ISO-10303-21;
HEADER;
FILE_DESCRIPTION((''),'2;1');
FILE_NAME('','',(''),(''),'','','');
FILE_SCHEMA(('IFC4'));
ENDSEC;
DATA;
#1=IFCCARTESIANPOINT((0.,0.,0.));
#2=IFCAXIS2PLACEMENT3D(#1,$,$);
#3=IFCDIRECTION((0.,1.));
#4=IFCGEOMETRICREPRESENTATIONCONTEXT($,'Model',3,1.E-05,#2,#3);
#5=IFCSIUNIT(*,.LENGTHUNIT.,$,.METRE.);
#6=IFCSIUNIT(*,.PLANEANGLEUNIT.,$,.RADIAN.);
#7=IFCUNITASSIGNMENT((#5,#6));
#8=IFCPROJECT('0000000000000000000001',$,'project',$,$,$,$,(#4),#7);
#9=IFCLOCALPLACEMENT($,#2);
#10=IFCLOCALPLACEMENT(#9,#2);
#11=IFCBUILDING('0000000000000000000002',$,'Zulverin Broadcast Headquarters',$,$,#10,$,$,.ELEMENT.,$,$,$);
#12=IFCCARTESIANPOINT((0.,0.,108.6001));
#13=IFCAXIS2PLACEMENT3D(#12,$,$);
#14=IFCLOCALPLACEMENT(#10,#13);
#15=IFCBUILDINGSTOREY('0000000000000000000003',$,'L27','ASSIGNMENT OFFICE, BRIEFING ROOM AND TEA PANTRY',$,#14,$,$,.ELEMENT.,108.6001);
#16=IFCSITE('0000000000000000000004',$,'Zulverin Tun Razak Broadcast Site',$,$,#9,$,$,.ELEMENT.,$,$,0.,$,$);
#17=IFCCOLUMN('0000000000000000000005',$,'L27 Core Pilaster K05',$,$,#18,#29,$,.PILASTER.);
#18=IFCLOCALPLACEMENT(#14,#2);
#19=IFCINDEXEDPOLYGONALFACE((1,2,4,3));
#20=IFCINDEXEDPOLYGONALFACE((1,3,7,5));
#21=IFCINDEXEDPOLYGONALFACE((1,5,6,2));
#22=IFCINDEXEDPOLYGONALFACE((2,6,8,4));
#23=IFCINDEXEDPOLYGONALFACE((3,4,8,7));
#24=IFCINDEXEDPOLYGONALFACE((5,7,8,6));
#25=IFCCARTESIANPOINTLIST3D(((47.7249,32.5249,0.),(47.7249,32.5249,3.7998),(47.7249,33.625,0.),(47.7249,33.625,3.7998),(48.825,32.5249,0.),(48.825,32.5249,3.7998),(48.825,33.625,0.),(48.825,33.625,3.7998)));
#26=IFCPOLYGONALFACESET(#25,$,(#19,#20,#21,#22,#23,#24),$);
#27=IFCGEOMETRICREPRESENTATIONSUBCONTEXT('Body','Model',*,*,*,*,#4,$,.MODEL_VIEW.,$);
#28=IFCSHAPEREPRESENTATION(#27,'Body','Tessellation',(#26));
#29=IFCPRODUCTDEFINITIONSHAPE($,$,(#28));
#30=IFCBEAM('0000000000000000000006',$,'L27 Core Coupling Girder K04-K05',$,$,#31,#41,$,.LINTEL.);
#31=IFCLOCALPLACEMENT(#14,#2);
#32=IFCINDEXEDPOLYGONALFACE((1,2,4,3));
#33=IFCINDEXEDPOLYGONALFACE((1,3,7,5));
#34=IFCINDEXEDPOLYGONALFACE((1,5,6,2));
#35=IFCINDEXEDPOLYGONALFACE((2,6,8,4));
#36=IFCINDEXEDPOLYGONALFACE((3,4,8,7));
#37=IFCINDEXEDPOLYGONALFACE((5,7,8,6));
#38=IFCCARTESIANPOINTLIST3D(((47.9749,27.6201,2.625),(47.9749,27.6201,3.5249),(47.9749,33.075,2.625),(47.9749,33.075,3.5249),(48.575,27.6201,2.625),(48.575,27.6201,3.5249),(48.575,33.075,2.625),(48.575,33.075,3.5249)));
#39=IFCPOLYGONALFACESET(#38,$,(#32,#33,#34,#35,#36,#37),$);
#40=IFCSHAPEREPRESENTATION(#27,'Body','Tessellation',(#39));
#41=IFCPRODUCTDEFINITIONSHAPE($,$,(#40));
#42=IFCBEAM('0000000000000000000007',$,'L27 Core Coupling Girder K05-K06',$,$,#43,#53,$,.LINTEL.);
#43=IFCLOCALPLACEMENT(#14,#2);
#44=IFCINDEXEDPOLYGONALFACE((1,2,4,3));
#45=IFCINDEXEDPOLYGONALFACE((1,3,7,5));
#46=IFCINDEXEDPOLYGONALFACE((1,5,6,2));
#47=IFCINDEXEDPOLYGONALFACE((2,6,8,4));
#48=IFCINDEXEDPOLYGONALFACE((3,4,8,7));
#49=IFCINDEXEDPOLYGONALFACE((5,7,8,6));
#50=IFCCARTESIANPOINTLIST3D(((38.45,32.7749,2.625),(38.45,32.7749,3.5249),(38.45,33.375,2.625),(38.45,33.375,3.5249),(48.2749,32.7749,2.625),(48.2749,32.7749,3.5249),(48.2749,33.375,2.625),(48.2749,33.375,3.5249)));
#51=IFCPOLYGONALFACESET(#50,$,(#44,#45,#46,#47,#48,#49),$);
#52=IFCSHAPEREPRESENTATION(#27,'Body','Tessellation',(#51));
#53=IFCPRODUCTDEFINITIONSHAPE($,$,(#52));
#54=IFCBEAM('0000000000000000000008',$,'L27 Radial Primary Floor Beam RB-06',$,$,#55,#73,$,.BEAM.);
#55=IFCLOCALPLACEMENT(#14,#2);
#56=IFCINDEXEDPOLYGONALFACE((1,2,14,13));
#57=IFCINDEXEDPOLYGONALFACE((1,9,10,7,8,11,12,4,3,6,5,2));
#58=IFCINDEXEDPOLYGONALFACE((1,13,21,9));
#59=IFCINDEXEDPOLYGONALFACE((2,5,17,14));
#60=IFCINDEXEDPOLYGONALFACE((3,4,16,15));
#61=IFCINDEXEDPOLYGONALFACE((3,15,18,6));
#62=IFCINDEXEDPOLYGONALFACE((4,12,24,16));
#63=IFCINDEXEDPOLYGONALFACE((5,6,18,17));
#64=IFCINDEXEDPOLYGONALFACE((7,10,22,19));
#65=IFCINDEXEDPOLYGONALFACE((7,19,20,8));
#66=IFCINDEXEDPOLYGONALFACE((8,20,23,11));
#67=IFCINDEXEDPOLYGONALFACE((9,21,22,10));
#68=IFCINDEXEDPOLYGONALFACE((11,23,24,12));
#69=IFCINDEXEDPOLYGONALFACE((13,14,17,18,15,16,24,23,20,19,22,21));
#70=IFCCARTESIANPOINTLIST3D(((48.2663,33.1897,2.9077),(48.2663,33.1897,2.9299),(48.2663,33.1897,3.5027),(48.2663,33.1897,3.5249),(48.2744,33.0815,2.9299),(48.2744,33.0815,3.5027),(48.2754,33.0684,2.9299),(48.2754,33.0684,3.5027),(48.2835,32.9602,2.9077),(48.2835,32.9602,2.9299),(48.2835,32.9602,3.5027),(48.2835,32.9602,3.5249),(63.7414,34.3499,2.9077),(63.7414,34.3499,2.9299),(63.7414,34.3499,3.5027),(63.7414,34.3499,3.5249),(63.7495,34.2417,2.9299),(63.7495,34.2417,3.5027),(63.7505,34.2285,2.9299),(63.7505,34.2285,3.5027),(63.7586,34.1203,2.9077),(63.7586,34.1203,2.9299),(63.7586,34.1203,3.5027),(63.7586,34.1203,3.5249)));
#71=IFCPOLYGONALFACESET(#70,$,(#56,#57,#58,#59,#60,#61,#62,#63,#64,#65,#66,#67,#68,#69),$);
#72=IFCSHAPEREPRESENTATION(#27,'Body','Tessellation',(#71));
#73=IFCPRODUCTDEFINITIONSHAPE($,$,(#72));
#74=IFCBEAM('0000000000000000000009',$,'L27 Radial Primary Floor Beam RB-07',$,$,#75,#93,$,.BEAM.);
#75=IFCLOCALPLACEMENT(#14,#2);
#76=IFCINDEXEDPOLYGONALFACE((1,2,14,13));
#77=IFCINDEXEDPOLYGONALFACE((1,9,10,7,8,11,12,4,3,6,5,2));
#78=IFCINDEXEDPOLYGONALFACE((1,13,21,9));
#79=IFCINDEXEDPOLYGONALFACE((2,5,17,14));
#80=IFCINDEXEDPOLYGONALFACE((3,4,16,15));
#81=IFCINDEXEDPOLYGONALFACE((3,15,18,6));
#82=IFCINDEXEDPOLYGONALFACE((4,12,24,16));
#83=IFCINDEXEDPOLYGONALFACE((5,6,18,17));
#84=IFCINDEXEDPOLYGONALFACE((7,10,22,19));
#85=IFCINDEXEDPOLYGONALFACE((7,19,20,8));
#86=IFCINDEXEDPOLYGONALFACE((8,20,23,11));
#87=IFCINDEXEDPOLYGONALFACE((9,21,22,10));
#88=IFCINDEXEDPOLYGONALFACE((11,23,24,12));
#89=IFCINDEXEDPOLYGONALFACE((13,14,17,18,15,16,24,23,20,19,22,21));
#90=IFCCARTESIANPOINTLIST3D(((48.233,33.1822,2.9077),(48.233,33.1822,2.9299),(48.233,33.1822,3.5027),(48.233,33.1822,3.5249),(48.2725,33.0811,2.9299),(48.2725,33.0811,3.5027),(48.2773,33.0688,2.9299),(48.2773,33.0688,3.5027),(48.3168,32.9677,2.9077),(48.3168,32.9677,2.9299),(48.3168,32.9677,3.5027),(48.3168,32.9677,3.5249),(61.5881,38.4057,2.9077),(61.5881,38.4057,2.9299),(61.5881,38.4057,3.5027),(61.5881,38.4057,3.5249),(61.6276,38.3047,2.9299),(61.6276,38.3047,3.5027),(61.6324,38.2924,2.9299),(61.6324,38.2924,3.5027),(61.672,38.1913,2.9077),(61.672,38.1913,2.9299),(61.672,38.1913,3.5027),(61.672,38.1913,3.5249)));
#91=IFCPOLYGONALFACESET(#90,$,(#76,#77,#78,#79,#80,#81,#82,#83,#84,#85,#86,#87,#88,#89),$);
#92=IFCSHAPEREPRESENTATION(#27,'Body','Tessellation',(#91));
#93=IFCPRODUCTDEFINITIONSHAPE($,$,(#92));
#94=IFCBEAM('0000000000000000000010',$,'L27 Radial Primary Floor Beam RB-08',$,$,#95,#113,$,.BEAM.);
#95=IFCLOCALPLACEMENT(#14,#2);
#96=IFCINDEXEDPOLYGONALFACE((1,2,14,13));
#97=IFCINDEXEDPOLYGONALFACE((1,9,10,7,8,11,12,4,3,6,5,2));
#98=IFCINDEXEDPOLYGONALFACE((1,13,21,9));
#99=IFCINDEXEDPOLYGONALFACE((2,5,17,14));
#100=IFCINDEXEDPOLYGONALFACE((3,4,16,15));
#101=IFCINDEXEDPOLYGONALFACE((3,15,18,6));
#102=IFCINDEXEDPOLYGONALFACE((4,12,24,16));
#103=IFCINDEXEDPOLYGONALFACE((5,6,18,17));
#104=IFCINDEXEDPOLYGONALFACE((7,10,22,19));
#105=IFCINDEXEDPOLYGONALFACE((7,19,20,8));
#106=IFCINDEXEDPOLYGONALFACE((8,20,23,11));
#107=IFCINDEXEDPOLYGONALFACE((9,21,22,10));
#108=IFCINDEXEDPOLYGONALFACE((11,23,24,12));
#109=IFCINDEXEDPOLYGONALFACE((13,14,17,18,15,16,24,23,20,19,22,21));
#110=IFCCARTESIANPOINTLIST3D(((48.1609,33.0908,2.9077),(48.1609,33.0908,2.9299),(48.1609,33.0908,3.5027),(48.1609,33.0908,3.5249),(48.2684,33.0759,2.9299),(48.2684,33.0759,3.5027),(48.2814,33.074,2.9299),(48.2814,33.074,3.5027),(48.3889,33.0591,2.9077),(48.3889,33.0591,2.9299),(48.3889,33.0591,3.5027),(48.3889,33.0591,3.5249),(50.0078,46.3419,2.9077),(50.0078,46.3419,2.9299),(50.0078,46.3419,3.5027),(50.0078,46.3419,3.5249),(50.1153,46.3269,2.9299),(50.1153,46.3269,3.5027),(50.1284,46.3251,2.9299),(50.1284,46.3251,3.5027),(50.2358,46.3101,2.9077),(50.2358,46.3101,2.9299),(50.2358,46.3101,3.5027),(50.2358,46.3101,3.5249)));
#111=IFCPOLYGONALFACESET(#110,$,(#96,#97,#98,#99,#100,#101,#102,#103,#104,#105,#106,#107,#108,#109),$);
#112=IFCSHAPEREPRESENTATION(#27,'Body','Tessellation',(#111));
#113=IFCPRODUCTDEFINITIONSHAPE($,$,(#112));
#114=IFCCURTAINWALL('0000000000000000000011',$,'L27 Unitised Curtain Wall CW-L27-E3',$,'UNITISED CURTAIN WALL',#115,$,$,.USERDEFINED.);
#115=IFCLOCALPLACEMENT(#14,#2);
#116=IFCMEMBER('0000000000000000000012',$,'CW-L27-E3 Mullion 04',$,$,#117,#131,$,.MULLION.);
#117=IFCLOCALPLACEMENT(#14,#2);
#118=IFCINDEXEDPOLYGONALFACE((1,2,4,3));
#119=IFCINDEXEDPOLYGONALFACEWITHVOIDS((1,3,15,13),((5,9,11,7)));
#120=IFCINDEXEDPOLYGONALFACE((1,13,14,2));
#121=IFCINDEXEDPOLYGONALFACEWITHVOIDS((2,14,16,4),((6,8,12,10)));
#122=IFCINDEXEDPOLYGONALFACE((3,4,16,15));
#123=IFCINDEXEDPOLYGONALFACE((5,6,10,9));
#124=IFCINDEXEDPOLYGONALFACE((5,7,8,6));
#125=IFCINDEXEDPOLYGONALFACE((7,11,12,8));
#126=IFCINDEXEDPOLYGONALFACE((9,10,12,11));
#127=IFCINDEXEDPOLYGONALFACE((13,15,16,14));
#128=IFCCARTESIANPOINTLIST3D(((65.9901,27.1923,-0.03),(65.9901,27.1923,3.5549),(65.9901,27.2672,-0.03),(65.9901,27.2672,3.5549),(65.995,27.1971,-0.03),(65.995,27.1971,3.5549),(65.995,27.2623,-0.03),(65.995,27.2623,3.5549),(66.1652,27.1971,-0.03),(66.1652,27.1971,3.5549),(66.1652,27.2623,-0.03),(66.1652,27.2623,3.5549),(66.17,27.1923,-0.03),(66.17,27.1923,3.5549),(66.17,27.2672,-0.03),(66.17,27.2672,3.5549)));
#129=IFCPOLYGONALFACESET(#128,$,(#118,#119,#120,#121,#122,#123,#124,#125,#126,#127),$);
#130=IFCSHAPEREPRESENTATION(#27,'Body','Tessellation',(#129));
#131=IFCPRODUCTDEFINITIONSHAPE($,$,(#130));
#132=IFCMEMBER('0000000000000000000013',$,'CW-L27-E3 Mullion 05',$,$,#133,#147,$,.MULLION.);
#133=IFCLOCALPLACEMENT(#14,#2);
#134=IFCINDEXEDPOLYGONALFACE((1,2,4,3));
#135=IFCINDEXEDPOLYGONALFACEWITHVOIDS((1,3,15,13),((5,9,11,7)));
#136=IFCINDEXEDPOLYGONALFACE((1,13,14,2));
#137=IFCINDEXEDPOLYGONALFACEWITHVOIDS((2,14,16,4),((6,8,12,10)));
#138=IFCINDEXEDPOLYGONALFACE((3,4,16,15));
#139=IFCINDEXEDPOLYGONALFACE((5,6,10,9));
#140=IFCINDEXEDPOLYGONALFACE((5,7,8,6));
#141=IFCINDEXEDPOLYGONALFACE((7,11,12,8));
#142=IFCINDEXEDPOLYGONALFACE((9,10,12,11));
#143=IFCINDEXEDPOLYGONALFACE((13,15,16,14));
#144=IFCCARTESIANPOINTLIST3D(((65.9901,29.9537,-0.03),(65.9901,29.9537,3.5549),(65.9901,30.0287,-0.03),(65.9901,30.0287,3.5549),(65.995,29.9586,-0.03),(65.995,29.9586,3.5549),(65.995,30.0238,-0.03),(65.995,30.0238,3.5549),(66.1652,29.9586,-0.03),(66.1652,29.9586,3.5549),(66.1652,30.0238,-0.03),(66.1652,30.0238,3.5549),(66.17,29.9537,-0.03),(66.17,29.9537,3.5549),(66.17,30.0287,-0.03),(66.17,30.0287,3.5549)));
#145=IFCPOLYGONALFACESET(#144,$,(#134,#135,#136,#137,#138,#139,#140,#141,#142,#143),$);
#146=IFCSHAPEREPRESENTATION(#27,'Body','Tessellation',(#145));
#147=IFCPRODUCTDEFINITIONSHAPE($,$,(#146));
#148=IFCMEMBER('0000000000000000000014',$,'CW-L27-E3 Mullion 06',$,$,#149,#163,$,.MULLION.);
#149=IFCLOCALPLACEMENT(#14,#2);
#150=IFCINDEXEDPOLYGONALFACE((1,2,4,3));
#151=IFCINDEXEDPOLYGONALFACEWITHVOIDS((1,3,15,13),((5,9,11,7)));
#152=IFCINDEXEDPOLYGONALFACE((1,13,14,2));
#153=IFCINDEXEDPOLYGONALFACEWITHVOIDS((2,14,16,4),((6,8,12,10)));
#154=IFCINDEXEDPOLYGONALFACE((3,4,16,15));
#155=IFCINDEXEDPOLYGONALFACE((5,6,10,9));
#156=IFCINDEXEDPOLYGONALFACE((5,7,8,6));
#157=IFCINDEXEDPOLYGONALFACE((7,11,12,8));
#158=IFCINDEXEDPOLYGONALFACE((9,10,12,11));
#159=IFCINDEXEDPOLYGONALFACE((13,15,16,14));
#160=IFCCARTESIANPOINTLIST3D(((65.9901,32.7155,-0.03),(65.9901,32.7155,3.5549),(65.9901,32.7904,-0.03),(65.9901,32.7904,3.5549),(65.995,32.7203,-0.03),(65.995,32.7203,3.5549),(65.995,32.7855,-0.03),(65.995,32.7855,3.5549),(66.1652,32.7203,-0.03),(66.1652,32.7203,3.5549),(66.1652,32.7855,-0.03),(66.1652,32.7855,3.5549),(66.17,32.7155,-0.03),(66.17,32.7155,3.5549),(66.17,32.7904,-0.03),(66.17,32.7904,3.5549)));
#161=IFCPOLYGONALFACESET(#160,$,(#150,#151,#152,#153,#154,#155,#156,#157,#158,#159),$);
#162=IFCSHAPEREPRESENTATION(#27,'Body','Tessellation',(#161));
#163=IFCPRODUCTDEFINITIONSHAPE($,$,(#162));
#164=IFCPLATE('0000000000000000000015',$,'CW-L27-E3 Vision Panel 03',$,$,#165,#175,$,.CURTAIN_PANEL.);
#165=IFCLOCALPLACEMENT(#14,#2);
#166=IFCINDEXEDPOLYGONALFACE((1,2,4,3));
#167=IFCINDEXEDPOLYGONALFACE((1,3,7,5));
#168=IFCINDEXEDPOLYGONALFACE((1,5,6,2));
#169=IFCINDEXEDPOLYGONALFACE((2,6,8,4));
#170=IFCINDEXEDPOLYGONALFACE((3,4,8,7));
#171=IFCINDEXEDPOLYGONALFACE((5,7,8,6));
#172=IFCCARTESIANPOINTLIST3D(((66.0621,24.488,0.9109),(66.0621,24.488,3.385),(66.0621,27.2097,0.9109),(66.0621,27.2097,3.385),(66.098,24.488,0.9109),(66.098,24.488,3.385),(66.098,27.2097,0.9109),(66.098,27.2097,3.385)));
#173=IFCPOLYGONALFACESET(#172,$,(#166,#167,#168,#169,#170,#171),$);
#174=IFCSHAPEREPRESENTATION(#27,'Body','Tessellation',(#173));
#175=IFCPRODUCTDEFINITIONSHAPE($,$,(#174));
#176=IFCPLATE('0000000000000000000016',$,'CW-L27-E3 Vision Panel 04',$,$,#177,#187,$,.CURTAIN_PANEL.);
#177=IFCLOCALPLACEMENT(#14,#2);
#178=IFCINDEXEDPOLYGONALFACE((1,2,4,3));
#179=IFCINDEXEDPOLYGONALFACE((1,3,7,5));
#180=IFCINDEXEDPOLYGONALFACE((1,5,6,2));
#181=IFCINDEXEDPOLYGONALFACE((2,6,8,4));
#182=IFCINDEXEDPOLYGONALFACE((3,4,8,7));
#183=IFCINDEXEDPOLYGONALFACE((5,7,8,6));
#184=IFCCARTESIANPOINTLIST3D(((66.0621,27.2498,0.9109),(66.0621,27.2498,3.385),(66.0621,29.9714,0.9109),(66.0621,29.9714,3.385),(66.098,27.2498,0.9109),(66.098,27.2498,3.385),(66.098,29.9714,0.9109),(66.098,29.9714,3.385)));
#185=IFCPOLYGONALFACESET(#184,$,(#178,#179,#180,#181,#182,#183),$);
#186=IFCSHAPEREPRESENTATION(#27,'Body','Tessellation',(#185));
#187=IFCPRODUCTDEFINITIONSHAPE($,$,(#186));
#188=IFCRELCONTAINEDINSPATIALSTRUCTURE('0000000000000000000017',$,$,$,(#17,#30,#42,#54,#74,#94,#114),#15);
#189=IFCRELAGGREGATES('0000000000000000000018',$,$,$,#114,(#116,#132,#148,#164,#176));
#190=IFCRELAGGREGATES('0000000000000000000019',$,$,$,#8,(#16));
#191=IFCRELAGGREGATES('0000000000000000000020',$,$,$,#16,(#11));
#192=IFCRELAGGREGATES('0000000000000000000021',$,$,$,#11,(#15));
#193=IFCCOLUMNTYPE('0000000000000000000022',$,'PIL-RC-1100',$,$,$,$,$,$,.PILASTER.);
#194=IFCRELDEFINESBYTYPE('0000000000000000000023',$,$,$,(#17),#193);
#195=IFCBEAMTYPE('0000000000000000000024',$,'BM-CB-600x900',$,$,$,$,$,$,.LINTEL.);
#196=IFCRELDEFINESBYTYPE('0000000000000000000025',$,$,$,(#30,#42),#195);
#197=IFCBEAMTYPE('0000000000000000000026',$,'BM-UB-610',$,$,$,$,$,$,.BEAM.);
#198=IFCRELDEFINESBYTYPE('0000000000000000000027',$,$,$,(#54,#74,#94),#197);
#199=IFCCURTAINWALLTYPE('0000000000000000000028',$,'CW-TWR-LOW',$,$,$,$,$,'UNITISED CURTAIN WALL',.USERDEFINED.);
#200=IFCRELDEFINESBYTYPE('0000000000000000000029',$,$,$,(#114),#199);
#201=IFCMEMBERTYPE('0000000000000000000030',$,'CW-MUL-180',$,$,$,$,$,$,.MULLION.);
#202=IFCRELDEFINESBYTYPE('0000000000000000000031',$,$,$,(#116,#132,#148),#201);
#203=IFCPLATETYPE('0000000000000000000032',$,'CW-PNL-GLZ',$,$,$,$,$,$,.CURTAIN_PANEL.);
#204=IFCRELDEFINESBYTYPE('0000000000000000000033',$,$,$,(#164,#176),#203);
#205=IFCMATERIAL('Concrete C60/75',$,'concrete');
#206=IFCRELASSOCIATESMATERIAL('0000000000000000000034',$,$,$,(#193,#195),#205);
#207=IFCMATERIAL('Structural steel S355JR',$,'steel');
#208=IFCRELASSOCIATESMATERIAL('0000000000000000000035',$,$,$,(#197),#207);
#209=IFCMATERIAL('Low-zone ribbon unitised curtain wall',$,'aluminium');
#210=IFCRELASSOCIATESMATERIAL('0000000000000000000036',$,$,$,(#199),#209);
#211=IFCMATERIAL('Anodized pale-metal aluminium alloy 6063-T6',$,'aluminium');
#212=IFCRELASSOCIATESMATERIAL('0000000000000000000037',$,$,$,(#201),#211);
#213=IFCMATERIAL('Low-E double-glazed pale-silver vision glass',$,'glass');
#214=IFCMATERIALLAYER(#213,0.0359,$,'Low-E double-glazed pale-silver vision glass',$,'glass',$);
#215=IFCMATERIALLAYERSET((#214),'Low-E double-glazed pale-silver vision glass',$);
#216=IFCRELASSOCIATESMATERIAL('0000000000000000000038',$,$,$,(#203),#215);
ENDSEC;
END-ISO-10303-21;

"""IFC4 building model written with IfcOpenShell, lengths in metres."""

from ifc_helpers import new_model, si_unit, direction, frame, origin, origin_2d, place, context, subcontext, project, spatial, rectangle, hollow_rectangle, i_section, extrude, material, layer, layer_set, material_profile, profile_set, type_object, element, aggregate, save


model = new_model("IFC4")

# Units and contexts
model_context = context("Model", 3, precision=1e-05, world=origin(), true_north=direction((0.0, 1.0)))
body_context = subcontext(model_context, "Body", "Model", "MODEL_VIEW")
ifc_project = project(units=[si_unit("LENGTHUNIT", "METRE"), si_unit("PLANEANGLEUNIT", "RADIAN")], contexts=[model_context])

# Site, building, storey
site_placement = place(None, origin())
site = spatial("IfcSite", under=ifc_project, at=site_placement, Name="Zulverin Tun Razak Broadcast Site", CompositionType="ELEMENT", RefElevation=0.0)
building_placement = place(site_placement, origin())
building = spatial("IfcBuilding", under=site, at=building_placement, Name="Zulverin Broadcast Headquarters", CompositionType="ELEMENT")
storey_placement = place(building_placement, frame((0.0, 0.0, 108.6001)))
storey = spatial("IfcBuildingStorey", under=building, at=storey_placement, Name="L27", Description="ASSIGNMENT OFFICE, BRIEFING ROOM AND TEA PANTRY", CompositionType="ELEMENT", Elevation=108.6001)

# Column
ifc_material_1 = material(Name="Concrete C60/75", Category="concrete")
ifc_material_profile_1 = material_profile(ifc_material_1, rectangle(XDim=1.1001, YDim=1.1001, at=origin_2d()), Name="Concrete C60/75", Category="concrete")
ifc_profile_set_1 = profile_set([ifc_material_profile_1], Name="Concrete C60/75")
column_type = type_object("IfcColumnType", Name="PIL-RC-1100", PredefinedType="PILASTER", material=ifc_profile_set_1)
column_placement = place(storey_placement, frame((48.2749, 33.075, 0.0), z_axis=(0.0, 0.0, 1.0), x_axis=(1.0, 0.0, 0.0)))
element("IfcColumn", 1, at=column_placement, inside=storey, type_object=column_type, Name="L27 Core Pilaster K05", PredefinedType="PILASTER", context=body_context, shape_type="SweptSolid", body=[
    extrude(rectangle(XDim=1.1001, YDim=1.1001, at=origin_2d()), origin(), (0.0, 0.0, 1.0), 3.7998),
])

# Beams
ifc_material_profile_2 = material_profile(ifc_material_1, rectangle(XDim=0.6001, YDim=0.8999, at=origin_2d()), Name="Concrete C60/75", Category="concrete")
ifc_profile_set_2 = profile_set([ifc_material_profile_2], Name="Concrete C60/75")
beam_type_1 = type_object("IfcBeamType", Name="BM-CB-600x900", PredefinedType="LINTEL", material=ifc_profile_set_2)
beam_1_placement = place(storey_placement, frame((48.2749, 27.6201, 3.075), z_axis=(0.0, 1.0, 0.0), x_axis=(-1.0, 0.0, 0.0)))
element("IfcBeam", 2, at=beam_1_placement, inside=storey, type_object=beam_type_1, Name="L27 Core Coupling Girder K04-K05", PredefinedType="LINTEL", context=body_context, shape_type="SweptSolid", body=[
    extrude(rectangle(XDim=0.6001, YDim=0.8999, at=origin_2d()), origin(), (0.0, 0.0, 1.0), 5.4548),
])
beam_2_placement = place(storey_placement, frame((48.2749, 33.075, 3.075), z_axis=(-1.0, 0.0, 0.0), x_axis=(0.0, -1.0, 0.0)))
element("IfcBeam", 3, at=beam_2_placement, inside=storey, type_object=beam_type_1, Name="L27 Core Coupling Girder K05-K06", PredefinedType="LINTEL", context=body_context, shape_type="SweptSolid", body=[
    extrude(rectangle(XDim=0.6001, YDim=0.8999, at=origin_2d()), origin(), (0.0, 0.0, 1.0), 9.825),
])
ifc_material_2 = material(Name="Structural steel S355JR", Category="steel")
ifc_material_profile_3 = material_profile(ifc_material_2, i_section(OverallWidth=0.2302, OverallDepth=0.6172, WebThickness=0.0132, FlangeThickness=0.0222, at=origin_2d()), Name="Structural steel S355JR", Category="steel")
ifc_profile_set_3 = profile_set([ifc_material_profile_3], Name="Structural steel S355JR")
beam_type_2 = type_object("IfcBeamType", Name="BM-UB-610", PredefinedType="BEAM", material=ifc_profile_set_3)
beam_3_placement = place(storey_placement, frame((48.2749, 33.075, 3.2163), z_axis=(0.997202, 0.074759, 0.0), x_axis=(-0.074759, 0.997202, 0.0)))
element("IfcBeam", 4, at=beam_3_placement, inside=storey, type_object=beam_type_2, Name="L27 Radial Primary Floor Beam RB-06", PredefinedType="BEAM", context=body_context, shape_type="SweptSolid", body=[
    extrude(i_section(OverallWidth=0.2302, OverallDepth=0.6172, WebThickness=0.0132, FlangeThickness=0.0222, at=origin_2d()), origin(), (0.0, 0.0, 1.0), 15.5186),
])
beam_4_placement = place(storey_placement, frame((48.2749, 33.075, 3.2163), z_axis=(0.931298, 0.364259, 0.0), x_axis=(-0.364259, 0.931298, 0.0)))
element("IfcBeam", 5, at=beam_4_placement, inside=storey, type_object=beam_type_2, Name="L27 Radial Primary Floor Beam RB-07", PredefinedType="BEAM", context=body_context, shape_type="SweptSolid", body=[
    extrude(i_section(OverallWidth=0.2302, OverallDepth=0.6172, WebThickness=0.0132, FlangeThickness=0.0222, at=origin_2d()), origin(), (0.0, 0.0, 1.0), 14.3403),
])
beam_5_placement = place(storey_placement, frame((48.2749, 33.075, 3.2163), z_axis=(0.138046, 0.990426, 0.0), x_axis=(-0.990426, 0.138046, 0.0)))
element("IfcBeam", 6, at=beam_5_placement, inside=storey, type_object=beam_type_2, Name="L27 Radial Primary Floor Beam RB-08", PredefinedType="BEAM", context=body_context, shape_type="SweptSolid", body=[
    extrude(i_section(OverallWidth=0.2302, OverallDepth=0.6172, WebThickness=0.0132, FlangeThickness=0.0222, at=origin_2d()), origin(), (0.0, 0.0, 1.0), 13.3792),
])

# Curtain wall, members, plates
ifc_material_3 = material(Name="Low-zone ribbon unitised curtain wall", Category="aluminium")
curtain_wall_type = type_object("IfcCurtainWallType", Name="CW-TWR-LOW", ElementType="UNITISED CURTAIN WALL", PredefinedType="USERDEFINED", material=ifc_material_3)
curtain_wall_placement = place(storey_placement, origin())
curtain_wall = element("IfcCurtainWall", 7, at=curtain_wall_placement, inside=storey, type_object=curtain_wall_type, Name="L27 Unitised Curtain Wall CW-L27-E3", ObjectType="UNITISED CURTAIN WALL", PredefinedType="USERDEFINED")
ifc_material_4 = material(Name="Anodized pale-metal aluminium alloy 6063-T6", Category="aluminium")
ifc_material_profile_4 = material_profile(ifc_material_4, hollow_rectangle(XDim=0.075, YDim=0.1799, WallThickness=0.0049, at=origin_2d()), Name="Anodized pale-metal aluminium alloy 6063-T6", Category="aluminium")
ifc_profile_set_4 = profile_set([ifc_material_profile_4], Name="Anodized pale-metal aluminium alloy 6063-T6")
member_type = type_object("IfcMemberType", Name="CW-MUL-180", PredefinedType="MULLION", material=ifc_profile_set_4)
member_1_placement = place(storey_placement, frame((66.0801, 27.2297, -0.03), z_axis=(0.0, 0.0, 1.0), x_axis=(0.0, 1.0, 0.0)))
member_1 = element("IfcMember", 8, at=member_1_placement, type_object=member_type, Name="CW-L27-E3 Mullion 04", PredefinedType="MULLION", context=body_context, shape_type="SweptSolid", body=[
    extrude(hollow_rectangle(XDim=0.075, YDim=0.1799, WallThickness=0.0049, at=origin_2d()), origin(), (0.0, 0.0, 1.0), 3.585),
])
member_2_placement = place(storey_placement, frame((66.0801, 29.9912, -0.03), z_axis=(0.0, 0.0, 1.0), x_axis=(0.0, 1.0, 0.0)))
member_2 = element("IfcMember", 9, at=member_2_placement, type_object=member_type, Name="CW-L27-E3 Mullion 05", PredefinedType="MULLION", context=body_context, shape_type="SweptSolid", body=[
    extrude(hollow_rectangle(XDim=0.075, YDim=0.1799, WallThickness=0.0049, at=origin_2d()), origin(), (0.0, 0.0, 1.0), 3.585),
])
member_3_placement = place(storey_placement, frame((66.0801, 32.7529, -0.03), z_axis=(0.0, 0.0, 1.0), x_axis=(0.0, 1.0, 0.0)))
member_3 = element("IfcMember", 10, at=member_3_placement, type_object=member_type, Name="CW-L27-E3 Mullion 06", PredefinedType="MULLION", context=body_context, shape_type="SweptSolid", body=[
    extrude(hollow_rectangle(XDim=0.075, YDim=0.1799, WallThickness=0.0049, at=origin_2d()), origin(), (0.0, 0.0, 1.0), 3.585),
])
ifc_material_5 = material(Name="Low-E double-glazed pale-silver vision glass", Category="glass")
ifc_layer_1 = layer(ifc_material_5, 0.0359, Name="Low-E double-glazed pale-silver vision glass", Category="glass")
ifc_layer_set_1 = layer_set([ifc_layer_1], Name="Low-E double-glazed pale-silver vision glass")
plate_type_1 = type_object("IfcPlateType", Name="CW-PNL-GLZ", PredefinedType="CURTAIN_PANEL", material=ifc_layer_set_1)
plate_1_placement = place(storey_placement, frame((66.0801, 25.8489, 0.9109), z_axis=(0.0, 0.0, 1.0), x_axis=(0.0, 1.0, 0.0)))
plate_1 = element("IfcPlate", 11, at=plate_1_placement, type_object=plate_type_1, Name="CW-L27-E3 Vision Panel 03", PredefinedType="CURTAIN_PANEL", context=body_context, shape_type="SweptSolid", body=[
    extrude(rectangle(XDim=2.7217, YDim=0.0359, at=origin_2d()), origin(), (0.0, 0.0, 1.0), 2.4741),
])
plate_2_placement = place(storey_placement, frame((66.0801, 28.6106, 0.9109), z_axis=(0.0, 0.0, 1.0), x_axis=(0.0, 1.0, 0.0)))
plate_2 = element("IfcPlate", 12, at=plate_2_placement, type_object=plate_type_1, Name="CW-L27-E3 Vision Panel 04", PredefinedType="CURTAIN_PANEL", context=body_context, shape_type="SweptSolid", body=[
    extrude(rectangle(XDim=2.7217, YDim=0.0359, at=origin_2d()), origin(), (0.0, 0.0, 1.0), 2.4741),
])
aggregate(curtain_wall, [member_1, member_2, member_3, plate_1, plate_2])

save(model, "model.ifc")
